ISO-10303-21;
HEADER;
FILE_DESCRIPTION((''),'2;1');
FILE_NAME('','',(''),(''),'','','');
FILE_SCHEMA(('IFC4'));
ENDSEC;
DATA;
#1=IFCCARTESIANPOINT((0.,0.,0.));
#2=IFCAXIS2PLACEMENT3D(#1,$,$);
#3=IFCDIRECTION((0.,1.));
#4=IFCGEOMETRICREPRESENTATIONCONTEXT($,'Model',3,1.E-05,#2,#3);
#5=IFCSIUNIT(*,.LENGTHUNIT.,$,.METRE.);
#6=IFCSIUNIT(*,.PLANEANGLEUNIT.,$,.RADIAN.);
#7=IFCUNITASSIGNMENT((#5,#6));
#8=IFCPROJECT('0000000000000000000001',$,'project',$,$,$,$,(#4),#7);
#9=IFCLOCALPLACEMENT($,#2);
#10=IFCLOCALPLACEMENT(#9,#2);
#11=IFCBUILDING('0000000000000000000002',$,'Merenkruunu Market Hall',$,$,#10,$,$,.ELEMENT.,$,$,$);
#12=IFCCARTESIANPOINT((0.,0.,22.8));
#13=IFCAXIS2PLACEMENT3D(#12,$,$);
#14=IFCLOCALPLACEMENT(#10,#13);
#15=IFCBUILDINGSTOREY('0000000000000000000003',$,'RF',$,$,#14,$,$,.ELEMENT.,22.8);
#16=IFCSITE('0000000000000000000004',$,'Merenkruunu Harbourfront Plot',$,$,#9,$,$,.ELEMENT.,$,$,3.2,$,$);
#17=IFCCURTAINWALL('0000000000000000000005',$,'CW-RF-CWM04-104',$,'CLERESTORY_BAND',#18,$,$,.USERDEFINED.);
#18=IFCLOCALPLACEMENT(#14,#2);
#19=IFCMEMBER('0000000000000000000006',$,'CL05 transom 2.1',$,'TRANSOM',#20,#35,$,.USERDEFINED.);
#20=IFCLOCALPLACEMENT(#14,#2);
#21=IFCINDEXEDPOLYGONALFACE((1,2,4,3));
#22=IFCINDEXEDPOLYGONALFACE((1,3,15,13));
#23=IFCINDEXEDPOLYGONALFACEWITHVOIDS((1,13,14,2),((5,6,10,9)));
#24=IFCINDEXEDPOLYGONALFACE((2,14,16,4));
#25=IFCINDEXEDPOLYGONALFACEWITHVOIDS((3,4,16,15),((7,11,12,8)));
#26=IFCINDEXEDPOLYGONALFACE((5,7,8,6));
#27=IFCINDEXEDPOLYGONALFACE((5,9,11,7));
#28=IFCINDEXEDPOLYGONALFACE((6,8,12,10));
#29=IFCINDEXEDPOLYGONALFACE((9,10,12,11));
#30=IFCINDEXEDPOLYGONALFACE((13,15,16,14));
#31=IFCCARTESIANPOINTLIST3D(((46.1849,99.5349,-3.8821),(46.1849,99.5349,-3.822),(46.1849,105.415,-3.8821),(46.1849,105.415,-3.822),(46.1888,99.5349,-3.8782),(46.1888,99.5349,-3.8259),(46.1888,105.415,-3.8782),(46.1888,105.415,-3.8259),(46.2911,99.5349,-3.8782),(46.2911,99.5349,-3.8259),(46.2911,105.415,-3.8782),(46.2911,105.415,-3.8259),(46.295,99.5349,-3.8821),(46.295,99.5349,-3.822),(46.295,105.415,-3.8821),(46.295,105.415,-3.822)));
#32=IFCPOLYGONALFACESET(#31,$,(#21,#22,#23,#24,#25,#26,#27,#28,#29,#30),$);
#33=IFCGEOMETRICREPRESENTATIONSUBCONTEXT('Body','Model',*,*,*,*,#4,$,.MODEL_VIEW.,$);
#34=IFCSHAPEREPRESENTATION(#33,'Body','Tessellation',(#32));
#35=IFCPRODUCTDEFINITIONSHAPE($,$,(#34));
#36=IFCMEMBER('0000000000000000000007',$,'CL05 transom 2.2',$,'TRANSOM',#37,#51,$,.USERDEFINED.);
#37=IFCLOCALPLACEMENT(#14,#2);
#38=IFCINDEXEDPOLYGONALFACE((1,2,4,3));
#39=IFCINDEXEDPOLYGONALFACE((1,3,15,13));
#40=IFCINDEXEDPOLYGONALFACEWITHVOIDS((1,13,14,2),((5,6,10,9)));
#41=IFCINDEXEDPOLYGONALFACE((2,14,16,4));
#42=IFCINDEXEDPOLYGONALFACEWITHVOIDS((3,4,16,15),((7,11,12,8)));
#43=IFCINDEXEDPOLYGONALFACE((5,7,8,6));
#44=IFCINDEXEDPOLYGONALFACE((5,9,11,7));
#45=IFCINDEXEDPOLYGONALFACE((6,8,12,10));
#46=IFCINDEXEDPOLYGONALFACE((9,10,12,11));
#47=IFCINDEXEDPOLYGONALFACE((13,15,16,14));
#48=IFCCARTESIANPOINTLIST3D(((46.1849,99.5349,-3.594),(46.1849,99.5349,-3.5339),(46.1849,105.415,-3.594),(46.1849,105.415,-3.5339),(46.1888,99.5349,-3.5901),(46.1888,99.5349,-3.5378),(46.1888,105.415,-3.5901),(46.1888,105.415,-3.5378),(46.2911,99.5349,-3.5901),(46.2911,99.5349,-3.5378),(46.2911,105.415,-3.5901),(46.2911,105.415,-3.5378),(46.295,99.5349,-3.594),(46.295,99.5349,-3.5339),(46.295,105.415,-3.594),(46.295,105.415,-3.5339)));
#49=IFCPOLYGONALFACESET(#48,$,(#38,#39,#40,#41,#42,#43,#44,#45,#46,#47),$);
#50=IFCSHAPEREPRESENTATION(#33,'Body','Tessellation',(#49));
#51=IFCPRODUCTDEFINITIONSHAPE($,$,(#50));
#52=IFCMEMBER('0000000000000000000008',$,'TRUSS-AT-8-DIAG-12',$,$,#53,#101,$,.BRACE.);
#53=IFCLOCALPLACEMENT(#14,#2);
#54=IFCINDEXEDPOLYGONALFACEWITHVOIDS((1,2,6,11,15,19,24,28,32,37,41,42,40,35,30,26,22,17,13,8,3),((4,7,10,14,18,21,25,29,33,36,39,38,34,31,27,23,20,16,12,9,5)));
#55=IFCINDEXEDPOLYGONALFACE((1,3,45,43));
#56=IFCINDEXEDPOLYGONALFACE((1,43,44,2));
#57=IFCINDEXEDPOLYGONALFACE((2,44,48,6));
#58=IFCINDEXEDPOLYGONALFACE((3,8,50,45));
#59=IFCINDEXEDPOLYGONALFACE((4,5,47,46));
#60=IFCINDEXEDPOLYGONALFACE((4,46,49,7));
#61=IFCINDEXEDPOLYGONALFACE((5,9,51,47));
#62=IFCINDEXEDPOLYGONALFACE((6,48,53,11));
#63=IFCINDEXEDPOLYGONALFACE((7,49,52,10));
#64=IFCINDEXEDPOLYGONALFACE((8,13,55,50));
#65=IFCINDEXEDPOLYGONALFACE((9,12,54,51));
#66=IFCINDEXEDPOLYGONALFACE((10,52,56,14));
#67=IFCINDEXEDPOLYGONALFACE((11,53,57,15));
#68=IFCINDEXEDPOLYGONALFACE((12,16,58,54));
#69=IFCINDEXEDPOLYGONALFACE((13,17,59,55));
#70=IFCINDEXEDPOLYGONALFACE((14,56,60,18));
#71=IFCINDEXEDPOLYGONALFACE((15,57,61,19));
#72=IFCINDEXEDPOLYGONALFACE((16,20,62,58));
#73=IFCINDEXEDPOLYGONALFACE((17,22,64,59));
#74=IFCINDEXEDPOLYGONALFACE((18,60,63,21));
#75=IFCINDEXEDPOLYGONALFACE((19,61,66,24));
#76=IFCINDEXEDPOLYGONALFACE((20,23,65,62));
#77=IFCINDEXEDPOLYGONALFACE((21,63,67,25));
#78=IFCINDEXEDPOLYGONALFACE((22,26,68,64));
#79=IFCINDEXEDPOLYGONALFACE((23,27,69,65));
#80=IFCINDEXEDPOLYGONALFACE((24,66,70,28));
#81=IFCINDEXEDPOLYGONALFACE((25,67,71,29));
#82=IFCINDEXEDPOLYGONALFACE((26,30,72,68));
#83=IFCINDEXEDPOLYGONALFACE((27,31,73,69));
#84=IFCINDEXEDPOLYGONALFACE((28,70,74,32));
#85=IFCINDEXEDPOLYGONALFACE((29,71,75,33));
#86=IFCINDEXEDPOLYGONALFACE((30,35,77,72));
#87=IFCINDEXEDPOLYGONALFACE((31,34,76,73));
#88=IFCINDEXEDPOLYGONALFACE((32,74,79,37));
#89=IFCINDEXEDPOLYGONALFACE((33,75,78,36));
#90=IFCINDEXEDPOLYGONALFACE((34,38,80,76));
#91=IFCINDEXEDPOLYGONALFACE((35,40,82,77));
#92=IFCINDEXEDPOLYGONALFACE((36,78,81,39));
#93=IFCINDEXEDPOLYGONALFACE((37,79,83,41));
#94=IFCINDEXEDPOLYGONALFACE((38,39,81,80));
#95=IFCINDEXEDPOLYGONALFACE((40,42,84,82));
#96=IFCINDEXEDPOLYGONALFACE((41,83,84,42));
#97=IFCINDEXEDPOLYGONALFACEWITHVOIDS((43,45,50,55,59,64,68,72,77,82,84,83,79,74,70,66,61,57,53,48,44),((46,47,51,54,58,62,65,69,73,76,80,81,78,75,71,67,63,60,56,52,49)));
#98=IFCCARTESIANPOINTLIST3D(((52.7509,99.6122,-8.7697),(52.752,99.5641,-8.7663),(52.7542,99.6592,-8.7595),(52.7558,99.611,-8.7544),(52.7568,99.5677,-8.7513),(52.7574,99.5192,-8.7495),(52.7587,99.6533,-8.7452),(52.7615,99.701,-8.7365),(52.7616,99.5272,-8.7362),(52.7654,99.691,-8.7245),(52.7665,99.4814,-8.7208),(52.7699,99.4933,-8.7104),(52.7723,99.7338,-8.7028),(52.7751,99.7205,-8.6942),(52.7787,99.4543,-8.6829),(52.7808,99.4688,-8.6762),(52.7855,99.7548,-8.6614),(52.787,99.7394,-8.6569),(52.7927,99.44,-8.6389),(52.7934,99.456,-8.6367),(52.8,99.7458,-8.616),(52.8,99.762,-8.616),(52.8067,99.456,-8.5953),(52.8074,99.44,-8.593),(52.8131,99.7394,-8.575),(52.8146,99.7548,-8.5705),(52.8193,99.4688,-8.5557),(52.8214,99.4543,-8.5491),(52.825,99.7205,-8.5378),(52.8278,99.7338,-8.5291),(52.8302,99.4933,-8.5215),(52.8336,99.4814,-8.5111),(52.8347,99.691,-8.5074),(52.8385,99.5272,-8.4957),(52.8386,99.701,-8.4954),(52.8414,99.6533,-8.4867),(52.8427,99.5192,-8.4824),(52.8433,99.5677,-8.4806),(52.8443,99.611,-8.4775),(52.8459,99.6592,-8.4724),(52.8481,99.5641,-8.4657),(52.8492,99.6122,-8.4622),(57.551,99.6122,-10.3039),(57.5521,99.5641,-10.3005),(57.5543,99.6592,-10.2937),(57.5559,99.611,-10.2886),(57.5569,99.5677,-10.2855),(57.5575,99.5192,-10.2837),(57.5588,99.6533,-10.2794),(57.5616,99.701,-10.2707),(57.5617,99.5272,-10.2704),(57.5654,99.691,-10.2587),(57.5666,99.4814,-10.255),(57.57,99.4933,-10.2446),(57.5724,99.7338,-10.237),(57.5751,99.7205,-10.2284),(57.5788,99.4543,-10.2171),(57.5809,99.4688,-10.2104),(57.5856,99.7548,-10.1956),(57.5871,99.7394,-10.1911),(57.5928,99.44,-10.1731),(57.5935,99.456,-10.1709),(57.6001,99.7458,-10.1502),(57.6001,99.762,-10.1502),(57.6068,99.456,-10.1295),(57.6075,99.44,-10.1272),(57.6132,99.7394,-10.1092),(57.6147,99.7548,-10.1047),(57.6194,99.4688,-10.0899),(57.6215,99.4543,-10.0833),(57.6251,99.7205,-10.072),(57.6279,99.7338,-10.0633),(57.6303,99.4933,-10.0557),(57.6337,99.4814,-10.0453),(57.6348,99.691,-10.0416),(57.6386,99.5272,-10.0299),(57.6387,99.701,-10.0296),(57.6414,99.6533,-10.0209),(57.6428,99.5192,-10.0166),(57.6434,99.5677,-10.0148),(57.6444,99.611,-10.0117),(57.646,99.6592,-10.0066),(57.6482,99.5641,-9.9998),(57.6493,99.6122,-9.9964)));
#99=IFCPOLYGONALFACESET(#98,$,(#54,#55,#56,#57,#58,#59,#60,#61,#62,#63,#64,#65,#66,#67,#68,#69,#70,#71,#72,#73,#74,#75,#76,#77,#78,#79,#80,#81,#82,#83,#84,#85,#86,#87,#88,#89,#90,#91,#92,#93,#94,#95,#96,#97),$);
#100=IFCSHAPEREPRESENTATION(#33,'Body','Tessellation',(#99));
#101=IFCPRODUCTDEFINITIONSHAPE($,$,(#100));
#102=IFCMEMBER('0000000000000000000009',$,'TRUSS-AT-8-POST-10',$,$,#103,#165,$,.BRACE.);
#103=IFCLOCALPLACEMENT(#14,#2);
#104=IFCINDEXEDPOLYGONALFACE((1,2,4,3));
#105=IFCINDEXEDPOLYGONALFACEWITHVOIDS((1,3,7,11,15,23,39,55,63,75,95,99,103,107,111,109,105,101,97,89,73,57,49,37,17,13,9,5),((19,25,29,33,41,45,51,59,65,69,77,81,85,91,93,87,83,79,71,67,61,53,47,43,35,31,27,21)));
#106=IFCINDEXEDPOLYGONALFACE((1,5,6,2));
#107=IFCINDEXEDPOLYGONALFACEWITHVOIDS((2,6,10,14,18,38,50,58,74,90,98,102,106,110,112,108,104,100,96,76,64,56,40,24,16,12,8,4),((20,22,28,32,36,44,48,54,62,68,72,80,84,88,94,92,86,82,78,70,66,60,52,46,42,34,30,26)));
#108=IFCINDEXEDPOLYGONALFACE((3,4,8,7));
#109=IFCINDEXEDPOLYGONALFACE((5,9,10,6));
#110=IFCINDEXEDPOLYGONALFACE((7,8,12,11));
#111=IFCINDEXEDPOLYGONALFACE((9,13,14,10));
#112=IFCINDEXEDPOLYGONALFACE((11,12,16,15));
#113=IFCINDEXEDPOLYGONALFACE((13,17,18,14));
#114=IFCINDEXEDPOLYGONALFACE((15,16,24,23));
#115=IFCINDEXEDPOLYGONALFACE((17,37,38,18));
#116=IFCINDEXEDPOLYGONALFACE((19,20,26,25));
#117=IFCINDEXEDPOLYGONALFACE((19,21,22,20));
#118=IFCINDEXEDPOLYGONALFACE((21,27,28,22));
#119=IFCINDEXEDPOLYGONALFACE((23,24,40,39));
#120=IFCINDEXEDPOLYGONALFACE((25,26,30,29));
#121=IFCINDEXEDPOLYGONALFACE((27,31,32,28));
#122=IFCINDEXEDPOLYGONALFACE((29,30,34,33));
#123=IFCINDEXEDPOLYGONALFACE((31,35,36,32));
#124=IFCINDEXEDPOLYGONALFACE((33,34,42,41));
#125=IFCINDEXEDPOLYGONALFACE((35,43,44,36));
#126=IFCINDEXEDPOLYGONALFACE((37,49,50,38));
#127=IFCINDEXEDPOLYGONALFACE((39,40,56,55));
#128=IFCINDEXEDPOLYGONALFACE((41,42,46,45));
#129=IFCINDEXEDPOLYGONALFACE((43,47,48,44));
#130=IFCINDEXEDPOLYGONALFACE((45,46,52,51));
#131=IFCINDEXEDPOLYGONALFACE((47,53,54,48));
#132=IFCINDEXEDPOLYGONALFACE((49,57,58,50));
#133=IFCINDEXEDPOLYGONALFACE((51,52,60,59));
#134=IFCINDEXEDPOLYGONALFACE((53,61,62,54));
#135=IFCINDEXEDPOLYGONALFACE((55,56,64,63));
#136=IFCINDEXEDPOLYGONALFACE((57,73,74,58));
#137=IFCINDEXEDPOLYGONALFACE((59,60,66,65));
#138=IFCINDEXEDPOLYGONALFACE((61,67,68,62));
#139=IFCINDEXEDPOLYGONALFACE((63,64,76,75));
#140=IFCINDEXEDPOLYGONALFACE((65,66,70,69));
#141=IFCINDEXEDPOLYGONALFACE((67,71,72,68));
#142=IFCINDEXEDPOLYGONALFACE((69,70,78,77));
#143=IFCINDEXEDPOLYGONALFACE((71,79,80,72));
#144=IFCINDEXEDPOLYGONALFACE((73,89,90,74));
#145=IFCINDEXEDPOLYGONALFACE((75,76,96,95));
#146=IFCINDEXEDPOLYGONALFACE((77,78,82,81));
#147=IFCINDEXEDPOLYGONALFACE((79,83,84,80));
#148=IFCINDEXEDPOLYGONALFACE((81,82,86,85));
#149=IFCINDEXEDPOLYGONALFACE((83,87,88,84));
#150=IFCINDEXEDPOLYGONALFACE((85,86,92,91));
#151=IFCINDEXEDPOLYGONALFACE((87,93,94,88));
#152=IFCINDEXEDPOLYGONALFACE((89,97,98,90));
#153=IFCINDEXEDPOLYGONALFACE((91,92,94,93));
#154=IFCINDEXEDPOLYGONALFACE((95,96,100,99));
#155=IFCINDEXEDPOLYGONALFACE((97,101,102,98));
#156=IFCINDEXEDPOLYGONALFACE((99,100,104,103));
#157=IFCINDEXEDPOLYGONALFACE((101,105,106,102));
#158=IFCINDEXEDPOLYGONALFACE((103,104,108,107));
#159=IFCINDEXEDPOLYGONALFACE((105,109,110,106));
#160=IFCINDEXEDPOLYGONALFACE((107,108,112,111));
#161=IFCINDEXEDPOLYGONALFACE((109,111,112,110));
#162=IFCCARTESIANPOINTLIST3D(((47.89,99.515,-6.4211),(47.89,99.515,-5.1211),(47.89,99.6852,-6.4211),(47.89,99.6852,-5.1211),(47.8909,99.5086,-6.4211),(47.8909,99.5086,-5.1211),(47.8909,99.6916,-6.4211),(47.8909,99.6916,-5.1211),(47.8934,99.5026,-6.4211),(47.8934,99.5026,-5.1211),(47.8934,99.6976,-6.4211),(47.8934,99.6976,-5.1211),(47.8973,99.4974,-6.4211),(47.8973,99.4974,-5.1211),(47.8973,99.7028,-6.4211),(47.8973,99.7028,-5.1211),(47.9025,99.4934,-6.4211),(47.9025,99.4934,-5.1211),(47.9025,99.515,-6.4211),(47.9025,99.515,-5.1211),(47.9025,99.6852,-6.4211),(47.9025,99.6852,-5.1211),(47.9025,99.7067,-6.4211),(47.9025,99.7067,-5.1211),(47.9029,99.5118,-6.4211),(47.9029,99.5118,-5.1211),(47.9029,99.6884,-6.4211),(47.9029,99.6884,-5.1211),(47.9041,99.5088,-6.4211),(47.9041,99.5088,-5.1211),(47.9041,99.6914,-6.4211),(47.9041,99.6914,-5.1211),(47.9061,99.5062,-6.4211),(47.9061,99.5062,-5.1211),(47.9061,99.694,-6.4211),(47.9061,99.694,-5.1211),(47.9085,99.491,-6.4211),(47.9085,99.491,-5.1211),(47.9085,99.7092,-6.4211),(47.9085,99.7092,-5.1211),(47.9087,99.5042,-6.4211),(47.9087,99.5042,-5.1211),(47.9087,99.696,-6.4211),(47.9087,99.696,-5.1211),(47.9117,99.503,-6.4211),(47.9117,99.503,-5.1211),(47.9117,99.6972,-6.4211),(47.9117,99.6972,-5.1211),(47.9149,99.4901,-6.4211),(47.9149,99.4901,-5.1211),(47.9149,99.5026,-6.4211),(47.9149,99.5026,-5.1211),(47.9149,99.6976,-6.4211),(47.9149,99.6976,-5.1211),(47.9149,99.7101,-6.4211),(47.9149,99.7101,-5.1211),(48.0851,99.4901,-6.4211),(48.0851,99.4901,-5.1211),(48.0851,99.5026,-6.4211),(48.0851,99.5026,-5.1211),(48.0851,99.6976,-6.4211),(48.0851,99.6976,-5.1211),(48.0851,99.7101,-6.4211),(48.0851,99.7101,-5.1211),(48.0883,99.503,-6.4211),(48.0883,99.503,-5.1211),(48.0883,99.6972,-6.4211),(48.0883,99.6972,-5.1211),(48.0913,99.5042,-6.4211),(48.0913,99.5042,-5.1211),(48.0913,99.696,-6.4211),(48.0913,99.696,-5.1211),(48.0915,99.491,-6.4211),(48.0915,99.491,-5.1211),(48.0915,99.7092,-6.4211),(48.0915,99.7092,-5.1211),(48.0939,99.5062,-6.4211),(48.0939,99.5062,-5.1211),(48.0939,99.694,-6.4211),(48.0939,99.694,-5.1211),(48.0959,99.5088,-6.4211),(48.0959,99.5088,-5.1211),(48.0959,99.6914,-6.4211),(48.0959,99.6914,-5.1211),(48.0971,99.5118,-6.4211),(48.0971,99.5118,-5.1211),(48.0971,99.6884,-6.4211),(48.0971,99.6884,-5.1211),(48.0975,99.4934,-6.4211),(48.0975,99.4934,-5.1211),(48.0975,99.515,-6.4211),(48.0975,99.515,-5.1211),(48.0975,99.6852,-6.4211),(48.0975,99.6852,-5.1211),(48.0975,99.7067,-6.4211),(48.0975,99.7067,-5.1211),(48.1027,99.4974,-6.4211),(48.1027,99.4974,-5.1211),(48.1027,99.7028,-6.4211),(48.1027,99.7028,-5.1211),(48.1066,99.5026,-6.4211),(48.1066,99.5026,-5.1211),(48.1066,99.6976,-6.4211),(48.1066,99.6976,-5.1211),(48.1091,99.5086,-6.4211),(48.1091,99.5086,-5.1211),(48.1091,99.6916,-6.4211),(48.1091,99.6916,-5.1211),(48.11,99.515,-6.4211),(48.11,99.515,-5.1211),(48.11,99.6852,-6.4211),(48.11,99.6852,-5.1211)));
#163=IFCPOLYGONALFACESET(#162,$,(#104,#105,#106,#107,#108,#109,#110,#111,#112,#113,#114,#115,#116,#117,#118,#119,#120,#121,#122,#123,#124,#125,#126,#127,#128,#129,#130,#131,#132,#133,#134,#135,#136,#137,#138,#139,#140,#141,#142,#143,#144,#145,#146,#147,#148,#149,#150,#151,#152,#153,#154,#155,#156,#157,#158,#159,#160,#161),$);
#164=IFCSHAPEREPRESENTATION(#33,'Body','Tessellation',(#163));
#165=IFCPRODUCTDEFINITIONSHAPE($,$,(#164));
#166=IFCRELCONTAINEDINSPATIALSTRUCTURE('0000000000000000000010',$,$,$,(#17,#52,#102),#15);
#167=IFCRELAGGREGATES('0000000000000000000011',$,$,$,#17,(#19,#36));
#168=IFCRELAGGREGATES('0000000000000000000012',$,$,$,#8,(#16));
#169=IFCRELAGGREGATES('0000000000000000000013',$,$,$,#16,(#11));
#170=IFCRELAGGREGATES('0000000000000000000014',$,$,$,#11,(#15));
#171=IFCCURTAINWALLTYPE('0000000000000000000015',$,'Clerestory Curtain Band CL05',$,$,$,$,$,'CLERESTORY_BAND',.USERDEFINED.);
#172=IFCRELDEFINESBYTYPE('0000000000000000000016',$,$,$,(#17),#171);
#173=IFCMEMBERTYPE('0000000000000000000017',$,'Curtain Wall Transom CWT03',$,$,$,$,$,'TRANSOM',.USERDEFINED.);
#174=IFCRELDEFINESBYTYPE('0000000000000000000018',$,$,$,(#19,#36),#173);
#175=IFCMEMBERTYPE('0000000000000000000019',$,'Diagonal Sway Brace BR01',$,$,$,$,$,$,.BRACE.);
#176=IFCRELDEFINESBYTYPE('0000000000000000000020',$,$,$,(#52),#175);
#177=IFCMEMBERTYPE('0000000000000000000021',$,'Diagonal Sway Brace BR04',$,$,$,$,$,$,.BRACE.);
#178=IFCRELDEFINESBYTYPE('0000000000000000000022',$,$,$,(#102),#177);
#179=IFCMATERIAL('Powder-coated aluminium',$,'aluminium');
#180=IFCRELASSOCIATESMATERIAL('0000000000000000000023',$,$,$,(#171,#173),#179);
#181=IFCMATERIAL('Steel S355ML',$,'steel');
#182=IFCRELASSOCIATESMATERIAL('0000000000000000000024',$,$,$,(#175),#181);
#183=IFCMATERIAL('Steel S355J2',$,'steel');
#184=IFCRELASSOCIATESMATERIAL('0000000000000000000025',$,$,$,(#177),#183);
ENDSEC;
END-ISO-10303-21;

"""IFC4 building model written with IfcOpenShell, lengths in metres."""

from ifc_helpers import new_model, si_unit, direction, frame, origin, origin_2d, place, context, subcontext, project, spatial, hollow_rectangle, hollow_circle, extrude, material, material_profile, profile_set, type_object, element, aggregate, save


model = new_model("IFC4")

# Units and contexts
model_context = context("Model", 3, precision=1e-05, world=origin(), true_north=direction((0.0, 1.0)))
body_context = subcontext(model_context, "Body", "Model", "MODEL_VIEW")
ifc_project = project(units=[si_unit("LENGTHUNIT", "METRE"), si_unit("PLANEANGLEUNIT", "RADIAN")], contexts=[model_context])

# Site, building, storey
site_placement = place(None, origin())
site = spatial("IfcSite", under=ifc_project, at=site_placement, Name="Merenkruunu Harbourfront Plot", CompositionType="ELEMENT", RefElevation=3.2)
building_placement = place(site_placement, origin())
building = spatial("IfcBuilding", under=site, at=building_placement, Name="Merenkruunu Market Hall", CompositionType="ELEMENT")
storey_placement = place(building_placement, frame((0.0, 0.0, 22.8)))
storey = spatial("IfcBuildingStorey", under=building, at=storey_placement, Name="RF", CompositionType="ELEMENT", Elevation=22.8)

# Shared definitions
ifc_material_1 = material(Name="Steel S355ML", Category="steel")

# Curtain wall
ifc_material_2 = material(Name="Powder-coated aluminium", Category="aluminium")
curtain_wall_type = type_object("IfcCurtainWallType", Name="Clerestory Curtain Band CL05", ElementType="CLERESTORY_BAND", PredefinedType="USERDEFINED", material=ifc_material_2)
curtain_wall_1_placement = place(storey_placement, origin())
curtain_wall_1 = element("IfcCurtainWall", 1, at=curtain_wall_1_placement, inside=storey, type_object=curtain_wall_type, Name="CW-RF-CWM04-104", ObjectType="CLERESTORY_BAND", PredefinedType="USERDEFINED")

# Members
ifc_material_profile_1 = material_profile(ifc_material_2, hollow_rectangle(XDim=0.0601, YDim=0.1101, WallThickness=0.0039, at=origin_2d()), Name="ALU 60x110x4")
ifc_profile_set_1 = profile_set([ifc_material_profile_1], Name="Powder-coated aluminium")
member_type_1 = type_object("IfcMemberType", Name="Curtain Wall Transom CWT03", ElementType="TRANSOM", PredefinedType="USERDEFINED", material=ifc_profile_set_1)
member_1_placement = place(storey_placement, frame((46.24, 105.415, -3.8521), z_axis=(0.0, -1.0, 0.0), x_axis=(0.0, 0.0, 1.0)))
member_1 = element("IfcMember", 2, at=member_1_placement, type_object=member_type_1, Name="CL05 transom 2.1", ObjectType="TRANSOM", PredefinedType="USERDEFINED", context=body_context, shape_type="SweptSolid", body=[
    extrude(hollow_rectangle(XDim=0.0601, YDim=0.1101, WallThickness=0.0039, at=origin_2d()), origin(), (0.0, 0.0, 1.0), 5.8801),
])
member_2_placement = place(storey_placement, frame((46.24, 105.415, -3.564), z_axis=(0.0, -1.0, 0.0), x_axis=(0.0, 0.0, 1.0)))
member_2 = element("IfcMember", 3, at=member_2_placement, type_object=member_type_1, Name="CL05 transom 2.2", ObjectType="TRANSOM", PredefinedType="USERDEFINED", context=body_context, shape_type="SweptSolid", body=[
    extrude(hollow_rectangle(XDim=0.0601, YDim=0.1101, WallThickness=0.0039, at=origin_2d()), origin(), (0.0, 0.0, 1.0), 5.8801),
])

# Members
ifc_material_profile_2 = material_profile(ifc_material_1, hollow_circle(Radius=0.1619, WallThickness=0.0161, at=origin_2d()), Name="CHS 323.9x16")
ifc_profile_set_2 = profile_set([ifc_material_profile_2], Name="Steel S355ML")
member_type_2 = type_object("IfcMemberType", Name="Diagonal Sway Brace BR01", PredefinedType="BRACE", material=ifc_profile_set_2)
member_3_placement = place(storey_placement, frame((52.8, 99.6001, -8.616), z_axis=(0.95253, 0.0, -0.304445), x_axis=(0.0, 1.0, 0.0)))
element("IfcMember", 4, at=member_3_placement, inside=storey, type_object=member_type_2, Name="TRUSS-AT-8-DIAG-12", PredefinedType="BRACE", context=body_context, shape_type="SweptSolid", body=[
    extrude(hollow_circle(Radius=0.1619, WallThickness=0.0161, at=origin_2d()), origin(), (0.0, 0.0, 1.0), 5.0393),
])
ifc_material_3 = material(Name="Steel S355J2", Category="steel")
ifc_material_profile_3 = material_profile(ifc_material_3, hollow_rectangle(XDim=0.22, YDim=0.22, WallThickness=0.0125, InnerFilletRadius=0.0125, OuterFilletRadius=0.0249, at=origin_2d()), Name="SHS 220x220x12.5")
ifc_profile_set_3 = profile_set([ifc_material_profile_3], Name="Steel S355J2")
member_type_3 = type_object("IfcMemberType", Name="Diagonal Sway Brace BR04", PredefinedType="BRACE", material=ifc_profile_set_3)
member_4_placement = place(storey_placement, frame((48.0, 99.6001, -6.4211), z_axis=(0.0, 0.0, 1.0), x_axis=(1.0, 0.0, 0.0)))
element("IfcMember", 5, at=member_4_placement, inside=storey, type_object=member_type_3, Name="TRUSS-AT-8-POST-10", PredefinedType="BRACE", context=body_context, shape_type="SweptSolid", body=[
    extrude(hollow_rectangle(XDim=0.22, YDim=0.22, WallThickness=0.0125, InnerFilletRadius=0.0125, OuterFilletRadius=0.0249, at=origin_2d()), origin(), (0.0, 0.0, 1.0), 1.3),
])

aggregate(curtain_wall_1, [member_1, member_2])

save(model, "model.ifc")
